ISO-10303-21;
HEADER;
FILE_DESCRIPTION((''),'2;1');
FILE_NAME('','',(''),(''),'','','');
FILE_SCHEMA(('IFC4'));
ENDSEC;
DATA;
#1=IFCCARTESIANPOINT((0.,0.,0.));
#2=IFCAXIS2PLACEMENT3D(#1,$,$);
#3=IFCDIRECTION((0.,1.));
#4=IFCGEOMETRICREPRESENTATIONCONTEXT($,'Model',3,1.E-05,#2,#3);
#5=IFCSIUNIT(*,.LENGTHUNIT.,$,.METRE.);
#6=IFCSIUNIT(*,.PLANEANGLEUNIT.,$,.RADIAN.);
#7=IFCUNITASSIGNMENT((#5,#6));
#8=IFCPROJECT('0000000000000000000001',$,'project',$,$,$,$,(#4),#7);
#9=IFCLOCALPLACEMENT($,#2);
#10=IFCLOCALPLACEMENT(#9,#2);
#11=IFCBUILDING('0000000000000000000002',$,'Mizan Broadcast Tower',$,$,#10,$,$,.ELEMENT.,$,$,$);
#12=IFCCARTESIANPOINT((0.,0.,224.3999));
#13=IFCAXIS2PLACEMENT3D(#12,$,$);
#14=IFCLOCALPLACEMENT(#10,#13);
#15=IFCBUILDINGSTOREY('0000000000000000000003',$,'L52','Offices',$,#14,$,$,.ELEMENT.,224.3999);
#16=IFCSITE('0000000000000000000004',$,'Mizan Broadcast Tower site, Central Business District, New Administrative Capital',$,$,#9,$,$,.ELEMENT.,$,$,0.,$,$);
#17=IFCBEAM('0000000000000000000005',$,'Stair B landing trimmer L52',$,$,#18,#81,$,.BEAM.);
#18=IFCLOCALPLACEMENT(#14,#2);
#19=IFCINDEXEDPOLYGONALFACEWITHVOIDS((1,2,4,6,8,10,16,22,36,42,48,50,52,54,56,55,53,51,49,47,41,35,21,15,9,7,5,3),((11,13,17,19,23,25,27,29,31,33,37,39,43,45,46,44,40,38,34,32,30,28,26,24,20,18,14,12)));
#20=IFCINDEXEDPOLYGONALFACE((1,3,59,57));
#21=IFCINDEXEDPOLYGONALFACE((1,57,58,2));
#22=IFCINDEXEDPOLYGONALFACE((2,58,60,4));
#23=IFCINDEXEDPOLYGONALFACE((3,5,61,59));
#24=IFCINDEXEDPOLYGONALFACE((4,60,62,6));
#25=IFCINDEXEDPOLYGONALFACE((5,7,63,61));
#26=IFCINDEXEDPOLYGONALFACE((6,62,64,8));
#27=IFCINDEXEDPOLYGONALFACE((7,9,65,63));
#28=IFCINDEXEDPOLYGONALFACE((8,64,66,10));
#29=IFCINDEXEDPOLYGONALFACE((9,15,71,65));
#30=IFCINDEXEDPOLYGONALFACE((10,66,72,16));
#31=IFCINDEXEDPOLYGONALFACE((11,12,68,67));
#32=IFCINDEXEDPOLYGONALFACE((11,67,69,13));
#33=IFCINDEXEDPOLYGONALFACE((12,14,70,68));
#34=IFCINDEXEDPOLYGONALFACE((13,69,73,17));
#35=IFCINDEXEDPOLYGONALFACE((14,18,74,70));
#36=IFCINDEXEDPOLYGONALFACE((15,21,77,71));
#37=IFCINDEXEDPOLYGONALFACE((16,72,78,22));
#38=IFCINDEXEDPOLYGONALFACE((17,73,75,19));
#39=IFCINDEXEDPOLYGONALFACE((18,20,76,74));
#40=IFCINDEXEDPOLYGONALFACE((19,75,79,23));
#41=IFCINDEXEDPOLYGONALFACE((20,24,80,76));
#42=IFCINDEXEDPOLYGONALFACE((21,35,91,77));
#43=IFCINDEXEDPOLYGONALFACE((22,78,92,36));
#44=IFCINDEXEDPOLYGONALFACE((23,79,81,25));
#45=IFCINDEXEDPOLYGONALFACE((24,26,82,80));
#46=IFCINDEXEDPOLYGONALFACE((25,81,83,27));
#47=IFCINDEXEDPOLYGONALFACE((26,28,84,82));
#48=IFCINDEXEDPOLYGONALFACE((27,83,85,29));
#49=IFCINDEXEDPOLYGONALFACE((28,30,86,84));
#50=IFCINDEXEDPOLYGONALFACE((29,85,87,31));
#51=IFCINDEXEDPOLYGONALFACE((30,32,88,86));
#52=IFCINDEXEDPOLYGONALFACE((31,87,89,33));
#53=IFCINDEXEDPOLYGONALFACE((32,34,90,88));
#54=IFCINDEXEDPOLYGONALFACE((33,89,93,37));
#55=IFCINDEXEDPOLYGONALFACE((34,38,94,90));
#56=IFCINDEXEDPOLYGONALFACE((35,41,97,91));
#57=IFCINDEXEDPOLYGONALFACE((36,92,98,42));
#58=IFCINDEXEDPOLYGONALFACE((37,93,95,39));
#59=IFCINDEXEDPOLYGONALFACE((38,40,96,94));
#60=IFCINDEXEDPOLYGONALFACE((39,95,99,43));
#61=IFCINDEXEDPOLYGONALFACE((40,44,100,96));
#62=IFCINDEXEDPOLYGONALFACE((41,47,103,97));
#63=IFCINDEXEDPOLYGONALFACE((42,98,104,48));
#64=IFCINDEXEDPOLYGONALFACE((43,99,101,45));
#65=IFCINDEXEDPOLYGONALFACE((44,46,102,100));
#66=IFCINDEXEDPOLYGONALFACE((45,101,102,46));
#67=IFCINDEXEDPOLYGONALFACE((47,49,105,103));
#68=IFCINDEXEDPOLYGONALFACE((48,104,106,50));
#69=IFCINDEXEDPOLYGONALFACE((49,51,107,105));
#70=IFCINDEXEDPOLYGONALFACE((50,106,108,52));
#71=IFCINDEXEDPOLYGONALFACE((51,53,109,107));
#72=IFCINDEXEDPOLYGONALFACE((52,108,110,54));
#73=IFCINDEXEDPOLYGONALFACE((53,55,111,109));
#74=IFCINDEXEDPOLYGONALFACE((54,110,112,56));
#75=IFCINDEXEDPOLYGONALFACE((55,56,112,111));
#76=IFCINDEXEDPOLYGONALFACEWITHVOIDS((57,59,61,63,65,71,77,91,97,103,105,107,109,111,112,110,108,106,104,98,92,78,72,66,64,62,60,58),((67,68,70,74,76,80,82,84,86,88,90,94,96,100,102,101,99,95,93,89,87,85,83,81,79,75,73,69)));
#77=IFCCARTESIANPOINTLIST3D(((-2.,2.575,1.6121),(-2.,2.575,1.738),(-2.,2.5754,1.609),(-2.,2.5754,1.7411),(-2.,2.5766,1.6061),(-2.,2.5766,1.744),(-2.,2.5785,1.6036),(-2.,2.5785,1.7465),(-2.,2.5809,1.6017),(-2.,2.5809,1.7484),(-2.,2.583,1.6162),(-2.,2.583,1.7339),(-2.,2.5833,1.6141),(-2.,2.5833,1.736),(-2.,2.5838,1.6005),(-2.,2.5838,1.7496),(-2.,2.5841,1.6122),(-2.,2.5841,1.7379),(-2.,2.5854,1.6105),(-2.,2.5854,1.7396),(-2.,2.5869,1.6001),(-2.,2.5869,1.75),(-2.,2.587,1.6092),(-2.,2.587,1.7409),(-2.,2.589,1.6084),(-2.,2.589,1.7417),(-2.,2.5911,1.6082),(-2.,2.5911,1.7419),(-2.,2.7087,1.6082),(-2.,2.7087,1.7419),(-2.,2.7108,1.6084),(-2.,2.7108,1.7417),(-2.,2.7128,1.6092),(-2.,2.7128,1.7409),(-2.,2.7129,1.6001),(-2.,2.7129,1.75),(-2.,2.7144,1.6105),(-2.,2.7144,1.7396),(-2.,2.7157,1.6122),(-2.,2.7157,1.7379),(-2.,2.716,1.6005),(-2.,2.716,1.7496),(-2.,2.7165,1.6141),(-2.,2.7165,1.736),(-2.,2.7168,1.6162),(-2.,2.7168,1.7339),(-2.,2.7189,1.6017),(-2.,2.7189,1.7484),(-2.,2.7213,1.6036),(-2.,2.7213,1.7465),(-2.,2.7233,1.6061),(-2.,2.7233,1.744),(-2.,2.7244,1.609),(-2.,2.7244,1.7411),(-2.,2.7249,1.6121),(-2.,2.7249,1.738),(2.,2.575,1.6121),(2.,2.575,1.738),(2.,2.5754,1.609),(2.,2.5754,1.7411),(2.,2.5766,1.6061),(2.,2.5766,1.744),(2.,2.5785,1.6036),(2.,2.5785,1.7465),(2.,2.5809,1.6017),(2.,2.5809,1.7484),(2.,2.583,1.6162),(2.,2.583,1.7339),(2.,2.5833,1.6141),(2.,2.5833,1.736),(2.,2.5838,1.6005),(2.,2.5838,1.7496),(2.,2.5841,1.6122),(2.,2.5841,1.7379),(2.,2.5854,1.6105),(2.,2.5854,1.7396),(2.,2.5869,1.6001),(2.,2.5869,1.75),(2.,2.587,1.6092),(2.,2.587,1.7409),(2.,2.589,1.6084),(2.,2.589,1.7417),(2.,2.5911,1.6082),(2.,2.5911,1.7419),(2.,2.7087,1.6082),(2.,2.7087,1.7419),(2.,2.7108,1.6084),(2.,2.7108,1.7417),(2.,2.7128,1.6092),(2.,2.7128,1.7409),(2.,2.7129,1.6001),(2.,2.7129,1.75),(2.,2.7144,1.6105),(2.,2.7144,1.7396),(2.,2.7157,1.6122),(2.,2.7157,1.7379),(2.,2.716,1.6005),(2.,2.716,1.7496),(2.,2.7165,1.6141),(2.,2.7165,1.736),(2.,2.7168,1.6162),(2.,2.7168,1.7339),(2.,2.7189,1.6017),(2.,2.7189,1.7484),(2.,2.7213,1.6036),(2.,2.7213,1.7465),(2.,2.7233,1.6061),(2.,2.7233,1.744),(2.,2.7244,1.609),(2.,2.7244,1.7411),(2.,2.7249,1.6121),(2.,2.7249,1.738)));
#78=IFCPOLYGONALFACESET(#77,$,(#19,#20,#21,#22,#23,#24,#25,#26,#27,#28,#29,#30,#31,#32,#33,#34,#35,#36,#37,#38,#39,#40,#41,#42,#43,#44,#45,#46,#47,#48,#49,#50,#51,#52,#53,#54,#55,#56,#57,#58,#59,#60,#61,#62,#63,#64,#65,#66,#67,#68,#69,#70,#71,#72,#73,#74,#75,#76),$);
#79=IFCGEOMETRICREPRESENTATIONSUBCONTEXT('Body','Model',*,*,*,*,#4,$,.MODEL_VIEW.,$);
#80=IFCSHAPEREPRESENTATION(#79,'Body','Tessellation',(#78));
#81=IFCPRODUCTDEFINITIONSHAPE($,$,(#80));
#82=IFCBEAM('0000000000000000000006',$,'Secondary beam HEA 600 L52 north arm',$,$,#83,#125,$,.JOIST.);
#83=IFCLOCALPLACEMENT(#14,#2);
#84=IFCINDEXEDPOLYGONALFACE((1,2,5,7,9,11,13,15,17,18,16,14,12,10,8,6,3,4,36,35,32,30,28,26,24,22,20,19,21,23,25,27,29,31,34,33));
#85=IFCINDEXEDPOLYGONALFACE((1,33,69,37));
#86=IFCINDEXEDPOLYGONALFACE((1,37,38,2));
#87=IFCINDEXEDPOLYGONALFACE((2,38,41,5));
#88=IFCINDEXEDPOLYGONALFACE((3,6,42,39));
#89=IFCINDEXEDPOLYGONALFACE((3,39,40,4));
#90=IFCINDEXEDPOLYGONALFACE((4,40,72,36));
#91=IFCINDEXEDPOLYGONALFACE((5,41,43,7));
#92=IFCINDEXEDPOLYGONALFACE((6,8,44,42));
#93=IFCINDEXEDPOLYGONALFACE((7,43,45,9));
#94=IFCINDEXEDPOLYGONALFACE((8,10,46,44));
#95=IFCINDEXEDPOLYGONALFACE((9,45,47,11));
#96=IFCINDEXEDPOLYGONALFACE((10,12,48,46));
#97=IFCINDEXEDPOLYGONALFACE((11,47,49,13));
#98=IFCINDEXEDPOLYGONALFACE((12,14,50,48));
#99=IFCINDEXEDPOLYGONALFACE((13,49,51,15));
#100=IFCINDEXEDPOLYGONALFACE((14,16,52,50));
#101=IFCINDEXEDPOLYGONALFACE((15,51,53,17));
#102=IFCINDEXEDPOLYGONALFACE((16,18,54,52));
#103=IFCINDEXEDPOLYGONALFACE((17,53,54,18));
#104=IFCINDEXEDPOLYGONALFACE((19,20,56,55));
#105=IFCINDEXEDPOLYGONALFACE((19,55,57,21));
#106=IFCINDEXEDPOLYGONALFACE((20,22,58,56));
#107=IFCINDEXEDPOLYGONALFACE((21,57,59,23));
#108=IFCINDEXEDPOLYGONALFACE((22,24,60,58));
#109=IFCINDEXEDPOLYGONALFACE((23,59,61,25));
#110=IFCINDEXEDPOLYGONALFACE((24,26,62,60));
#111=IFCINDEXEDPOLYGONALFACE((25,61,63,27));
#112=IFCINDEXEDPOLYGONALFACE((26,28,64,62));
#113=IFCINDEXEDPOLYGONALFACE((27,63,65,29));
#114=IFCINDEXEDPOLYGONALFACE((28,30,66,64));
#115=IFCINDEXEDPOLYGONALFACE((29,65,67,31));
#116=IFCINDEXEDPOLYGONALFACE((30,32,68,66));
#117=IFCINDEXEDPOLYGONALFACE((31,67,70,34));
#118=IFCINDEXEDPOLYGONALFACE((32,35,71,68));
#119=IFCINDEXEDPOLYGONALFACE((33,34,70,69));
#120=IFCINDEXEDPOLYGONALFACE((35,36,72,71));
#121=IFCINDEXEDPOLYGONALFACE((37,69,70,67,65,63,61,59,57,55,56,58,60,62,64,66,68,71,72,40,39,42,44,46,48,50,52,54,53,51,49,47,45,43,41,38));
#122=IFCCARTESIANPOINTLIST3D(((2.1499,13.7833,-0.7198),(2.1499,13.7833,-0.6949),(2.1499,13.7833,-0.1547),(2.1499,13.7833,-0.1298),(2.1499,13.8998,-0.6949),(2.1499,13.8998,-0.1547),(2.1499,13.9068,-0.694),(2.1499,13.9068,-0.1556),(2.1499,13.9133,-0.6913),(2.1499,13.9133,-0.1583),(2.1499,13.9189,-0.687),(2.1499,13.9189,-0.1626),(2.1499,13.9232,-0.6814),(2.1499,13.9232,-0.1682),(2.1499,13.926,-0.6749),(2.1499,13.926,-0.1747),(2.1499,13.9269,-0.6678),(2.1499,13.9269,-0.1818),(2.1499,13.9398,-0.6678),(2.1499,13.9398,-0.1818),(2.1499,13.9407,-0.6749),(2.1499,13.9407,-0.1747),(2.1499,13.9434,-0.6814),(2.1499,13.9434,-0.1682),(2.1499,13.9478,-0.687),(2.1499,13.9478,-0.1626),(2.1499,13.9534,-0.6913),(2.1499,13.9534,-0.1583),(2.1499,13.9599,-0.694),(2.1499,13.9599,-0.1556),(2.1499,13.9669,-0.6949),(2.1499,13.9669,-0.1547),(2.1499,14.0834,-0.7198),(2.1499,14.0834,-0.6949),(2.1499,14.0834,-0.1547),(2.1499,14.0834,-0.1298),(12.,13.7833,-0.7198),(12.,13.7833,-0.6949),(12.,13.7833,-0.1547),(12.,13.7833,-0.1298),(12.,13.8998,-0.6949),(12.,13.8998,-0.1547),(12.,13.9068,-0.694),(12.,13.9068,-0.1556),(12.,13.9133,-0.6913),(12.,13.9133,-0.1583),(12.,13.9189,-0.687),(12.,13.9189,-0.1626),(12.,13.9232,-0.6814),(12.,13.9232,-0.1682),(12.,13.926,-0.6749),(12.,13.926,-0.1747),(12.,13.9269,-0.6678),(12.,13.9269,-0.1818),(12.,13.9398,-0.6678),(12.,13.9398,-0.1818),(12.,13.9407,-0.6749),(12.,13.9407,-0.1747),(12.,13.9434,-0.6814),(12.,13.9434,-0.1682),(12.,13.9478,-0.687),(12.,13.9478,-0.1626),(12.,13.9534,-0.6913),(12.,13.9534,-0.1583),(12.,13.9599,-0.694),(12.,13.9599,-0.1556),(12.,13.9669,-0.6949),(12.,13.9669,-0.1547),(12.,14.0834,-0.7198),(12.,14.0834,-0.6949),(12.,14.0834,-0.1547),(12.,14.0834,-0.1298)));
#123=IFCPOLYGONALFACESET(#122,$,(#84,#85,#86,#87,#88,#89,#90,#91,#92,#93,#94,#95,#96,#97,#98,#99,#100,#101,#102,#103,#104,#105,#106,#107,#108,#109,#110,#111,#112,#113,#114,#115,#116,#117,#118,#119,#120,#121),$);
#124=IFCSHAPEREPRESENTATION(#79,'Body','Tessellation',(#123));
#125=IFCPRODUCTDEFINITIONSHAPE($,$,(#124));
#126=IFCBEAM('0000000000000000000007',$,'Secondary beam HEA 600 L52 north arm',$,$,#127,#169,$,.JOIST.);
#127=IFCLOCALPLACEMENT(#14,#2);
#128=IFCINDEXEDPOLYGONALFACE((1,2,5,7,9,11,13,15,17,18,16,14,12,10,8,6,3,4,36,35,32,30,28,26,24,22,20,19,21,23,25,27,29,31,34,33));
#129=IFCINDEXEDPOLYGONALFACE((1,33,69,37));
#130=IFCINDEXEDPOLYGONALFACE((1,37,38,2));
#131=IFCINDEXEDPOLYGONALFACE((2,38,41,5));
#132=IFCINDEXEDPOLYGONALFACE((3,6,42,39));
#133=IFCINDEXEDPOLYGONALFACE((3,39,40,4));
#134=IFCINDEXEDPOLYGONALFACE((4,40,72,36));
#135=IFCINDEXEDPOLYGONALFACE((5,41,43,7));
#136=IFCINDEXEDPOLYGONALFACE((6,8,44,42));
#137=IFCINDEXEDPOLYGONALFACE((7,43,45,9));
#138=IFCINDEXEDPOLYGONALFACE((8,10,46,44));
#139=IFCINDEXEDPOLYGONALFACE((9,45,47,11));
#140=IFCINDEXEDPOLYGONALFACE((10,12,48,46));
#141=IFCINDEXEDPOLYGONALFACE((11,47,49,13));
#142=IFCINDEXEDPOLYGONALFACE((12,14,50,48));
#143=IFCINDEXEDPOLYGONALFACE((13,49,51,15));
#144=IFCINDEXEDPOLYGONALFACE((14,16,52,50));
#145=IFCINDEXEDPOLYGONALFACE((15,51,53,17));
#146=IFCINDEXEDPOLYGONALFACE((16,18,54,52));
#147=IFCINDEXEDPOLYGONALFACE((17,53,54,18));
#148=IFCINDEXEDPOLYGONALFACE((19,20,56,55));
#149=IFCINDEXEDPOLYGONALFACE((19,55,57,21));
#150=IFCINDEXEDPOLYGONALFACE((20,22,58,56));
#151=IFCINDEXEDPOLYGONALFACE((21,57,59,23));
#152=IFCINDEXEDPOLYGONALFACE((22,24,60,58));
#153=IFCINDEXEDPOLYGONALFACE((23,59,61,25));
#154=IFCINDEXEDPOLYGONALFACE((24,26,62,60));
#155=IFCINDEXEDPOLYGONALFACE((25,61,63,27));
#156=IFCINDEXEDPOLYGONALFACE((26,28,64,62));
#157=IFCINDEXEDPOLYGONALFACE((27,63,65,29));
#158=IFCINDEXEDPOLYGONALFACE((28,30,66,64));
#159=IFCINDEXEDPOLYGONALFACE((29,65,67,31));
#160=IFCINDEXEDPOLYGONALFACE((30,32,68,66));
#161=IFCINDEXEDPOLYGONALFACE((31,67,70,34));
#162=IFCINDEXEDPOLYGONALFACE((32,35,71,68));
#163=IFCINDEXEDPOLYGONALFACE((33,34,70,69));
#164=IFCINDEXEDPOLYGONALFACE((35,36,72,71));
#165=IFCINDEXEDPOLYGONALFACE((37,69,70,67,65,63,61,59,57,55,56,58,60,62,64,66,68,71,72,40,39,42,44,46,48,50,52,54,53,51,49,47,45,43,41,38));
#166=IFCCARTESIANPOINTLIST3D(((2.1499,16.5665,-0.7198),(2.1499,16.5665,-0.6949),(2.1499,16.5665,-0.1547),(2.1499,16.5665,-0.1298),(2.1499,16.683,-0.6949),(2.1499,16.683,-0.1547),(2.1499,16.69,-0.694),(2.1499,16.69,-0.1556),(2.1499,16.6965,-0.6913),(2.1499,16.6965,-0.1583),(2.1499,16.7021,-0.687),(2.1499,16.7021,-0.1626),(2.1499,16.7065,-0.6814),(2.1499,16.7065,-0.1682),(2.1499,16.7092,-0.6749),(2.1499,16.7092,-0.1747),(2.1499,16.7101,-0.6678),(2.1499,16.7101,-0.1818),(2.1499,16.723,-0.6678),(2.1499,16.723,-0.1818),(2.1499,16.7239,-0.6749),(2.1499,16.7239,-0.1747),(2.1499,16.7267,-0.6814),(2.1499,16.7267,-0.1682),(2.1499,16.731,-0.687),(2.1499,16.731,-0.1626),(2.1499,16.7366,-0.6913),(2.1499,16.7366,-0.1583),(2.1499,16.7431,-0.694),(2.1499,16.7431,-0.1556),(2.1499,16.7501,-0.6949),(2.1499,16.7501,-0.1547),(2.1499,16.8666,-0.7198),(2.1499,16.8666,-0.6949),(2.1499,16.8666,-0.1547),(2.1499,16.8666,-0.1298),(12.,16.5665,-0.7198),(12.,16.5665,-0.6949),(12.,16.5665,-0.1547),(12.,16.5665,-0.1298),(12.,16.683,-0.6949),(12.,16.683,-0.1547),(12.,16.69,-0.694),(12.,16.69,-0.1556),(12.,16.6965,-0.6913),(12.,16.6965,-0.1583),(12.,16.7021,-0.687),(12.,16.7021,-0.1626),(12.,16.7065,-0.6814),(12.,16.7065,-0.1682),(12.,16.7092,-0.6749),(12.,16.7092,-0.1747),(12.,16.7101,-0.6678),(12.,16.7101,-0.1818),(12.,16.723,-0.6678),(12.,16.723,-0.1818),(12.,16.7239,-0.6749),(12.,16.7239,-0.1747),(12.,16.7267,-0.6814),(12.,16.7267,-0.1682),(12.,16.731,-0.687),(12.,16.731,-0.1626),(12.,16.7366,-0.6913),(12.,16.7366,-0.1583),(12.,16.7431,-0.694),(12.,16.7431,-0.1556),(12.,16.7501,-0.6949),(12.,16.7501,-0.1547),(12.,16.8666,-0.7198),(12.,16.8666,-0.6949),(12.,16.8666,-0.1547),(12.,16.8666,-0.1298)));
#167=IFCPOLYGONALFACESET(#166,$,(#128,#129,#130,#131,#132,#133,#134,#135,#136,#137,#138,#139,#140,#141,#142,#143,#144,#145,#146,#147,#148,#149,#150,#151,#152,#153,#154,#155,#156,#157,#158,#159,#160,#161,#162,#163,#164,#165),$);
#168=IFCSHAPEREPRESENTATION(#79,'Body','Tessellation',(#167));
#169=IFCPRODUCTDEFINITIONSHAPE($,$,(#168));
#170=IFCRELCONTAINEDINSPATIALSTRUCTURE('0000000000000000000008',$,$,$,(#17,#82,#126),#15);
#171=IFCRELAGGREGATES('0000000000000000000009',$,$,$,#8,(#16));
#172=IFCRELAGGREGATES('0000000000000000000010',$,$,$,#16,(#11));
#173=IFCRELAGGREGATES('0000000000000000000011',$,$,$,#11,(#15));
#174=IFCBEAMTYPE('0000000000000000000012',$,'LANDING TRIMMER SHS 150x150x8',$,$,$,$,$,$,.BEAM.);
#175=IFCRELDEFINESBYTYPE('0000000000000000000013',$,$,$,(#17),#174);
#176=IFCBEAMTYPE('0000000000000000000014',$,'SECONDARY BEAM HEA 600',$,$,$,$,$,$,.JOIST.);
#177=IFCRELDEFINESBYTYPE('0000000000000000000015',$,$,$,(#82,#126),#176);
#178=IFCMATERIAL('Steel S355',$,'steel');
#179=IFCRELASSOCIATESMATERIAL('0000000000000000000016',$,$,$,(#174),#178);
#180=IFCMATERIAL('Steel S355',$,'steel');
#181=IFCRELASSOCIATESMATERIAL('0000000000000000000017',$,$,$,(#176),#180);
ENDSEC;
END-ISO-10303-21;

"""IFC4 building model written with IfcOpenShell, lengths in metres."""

from ifc_helpers import new_model, si_unit, direction, frame, origin, origin_2d, place, context, subcontext, project, spatial, hollow_rectangle, i_section, extrude, material, material_profile, profile_set, type_object, element, save


model = new_model("IFC4")

# Units and contexts
model_context = context("Model", 3, precision=1e-05, world=origin(), true_north=direction((0.0, 1.0)))
body_context = subcontext(model_context, "Body", "Model", "MODEL_VIEW")
ifc_project = project(units=[si_unit("LENGTHUNIT", "METRE"), si_unit("PLANEANGLEUNIT", "RADIAN")], contexts=[model_context])

# Site, building, storey
site_placement = place(None, origin())
site = spatial("IfcSite", under=ifc_project, at=site_placement, Name="Mizan Broadcast Tower site, Central Business District, New Administrative Capital", CompositionType="ELEMENT", RefElevation=0.0)
building_placement = place(site_placement, origin())
building = spatial("IfcBuilding", under=site, at=building_placement, Name="Mizan Broadcast Tower", CompositionType="ELEMENT")
storey_placement = place(building_placement, frame((0.0, 0.0, 224.3999)))
storey = spatial("IfcBuildingStorey", under=building, at=storey_placement, Name="L52", Description="Offices", CompositionType="ELEMENT", Elevation=224.3999)

# Beams
ifc_material_1 = material(Name="Steel S355", Category="steel")
ifc_material_profile_1 = material_profile(ifc_material_1, hollow_rectangle(XDim=0.1499, YDim=0.1499, WallThickness=0.0081, InnerFilletRadius=0.0081, OuterFilletRadius=0.012, at=origin_2d()), Name="SHS 150x150x8")
ifc_profile_set_1 = profile_set([ifc_material_profile_1], Name="Steel S355")
beam_type_1 = type_object("IfcBeamType", Name="LANDING TRIMMER SHS 150x150x8", PredefinedType="BEAM", material=ifc_profile_set_1)
for number, where, z_axis, x_axis, name in (
    (1, (2.0, 2.6499, 1.675), (-1.0, 0.0, 0.0), (0.0, -1.0, 0.0), "Stair B landing trimmer L52"),
):
    element("IfcBeam", number, at=place(storey_placement, frame(where, z_axis=z_axis, x_axis=x_axis)), inside=storey, type_object=beam_type_1, Name=name, PredefinedType="BEAM", context=body_context, shape_type="SweptSolid", body=[
        extrude(hollow_rectangle(XDim=0.1499, YDim=0.1499, WallThickness=0.0081, InnerFilletRadius=0.0081, OuterFilletRadius=0.012, at=origin_2d()), origin(), (0.0, 0.0, 1.0), 4.0),
    ])
ifc_material_2 = material(Name="Steel S355", Category="steel")
ifc_material_profile_2 = material_profile(ifc_material_2, i_section(OverallWidth=0.3, OverallDepth=0.5901, WebThickness=0.0129, FlangeThickness=0.0249, FilletRadius=0.0271, at=origin_2d()), Name="HEA 600")
ifc_profile_set_2 = profile_set([ifc_material_profile_2], Name="Steel S355")
beam_type_2 = type_object("IfcBeamType", Name="SECONDARY BEAM HEA 600", PredefinedType="JOIST", material=ifc_profile_set_2)
for number, where, z_axis, x_axis, name in (
    (2, (12.0, 13.9333, -0.4248), (-1.0, 0.0, 0.0), (0.0, -1.0, 0.0), "Secondary beam HEA 600 L52 north arm"),
    (3, (12.0, 16.7166, -0.4248), (-1.0, 0.0, 0.0), (0.0, -1.0, 0.0), "Secondary beam HEA 600 L52 north arm"),
):
    element("IfcBeam", number, at=place(storey_placement, frame(where, z_axis=z_axis, x_axis=x_axis)), inside=storey, type_object=beam_type_2, Name=name, PredefinedType="JOIST", context=body_context, shape_type="SweptSolid", body=[
        extrude(i_section(OverallWidth=0.3, OverallDepth=0.5901, WebThickness=0.0129, FlangeThickness=0.0249, FilletRadius=0.0271, at=origin_2d()), origin(), (0.0, 0.0, 1.0), 9.8501),
    ])

save(model, "model.ifc")
